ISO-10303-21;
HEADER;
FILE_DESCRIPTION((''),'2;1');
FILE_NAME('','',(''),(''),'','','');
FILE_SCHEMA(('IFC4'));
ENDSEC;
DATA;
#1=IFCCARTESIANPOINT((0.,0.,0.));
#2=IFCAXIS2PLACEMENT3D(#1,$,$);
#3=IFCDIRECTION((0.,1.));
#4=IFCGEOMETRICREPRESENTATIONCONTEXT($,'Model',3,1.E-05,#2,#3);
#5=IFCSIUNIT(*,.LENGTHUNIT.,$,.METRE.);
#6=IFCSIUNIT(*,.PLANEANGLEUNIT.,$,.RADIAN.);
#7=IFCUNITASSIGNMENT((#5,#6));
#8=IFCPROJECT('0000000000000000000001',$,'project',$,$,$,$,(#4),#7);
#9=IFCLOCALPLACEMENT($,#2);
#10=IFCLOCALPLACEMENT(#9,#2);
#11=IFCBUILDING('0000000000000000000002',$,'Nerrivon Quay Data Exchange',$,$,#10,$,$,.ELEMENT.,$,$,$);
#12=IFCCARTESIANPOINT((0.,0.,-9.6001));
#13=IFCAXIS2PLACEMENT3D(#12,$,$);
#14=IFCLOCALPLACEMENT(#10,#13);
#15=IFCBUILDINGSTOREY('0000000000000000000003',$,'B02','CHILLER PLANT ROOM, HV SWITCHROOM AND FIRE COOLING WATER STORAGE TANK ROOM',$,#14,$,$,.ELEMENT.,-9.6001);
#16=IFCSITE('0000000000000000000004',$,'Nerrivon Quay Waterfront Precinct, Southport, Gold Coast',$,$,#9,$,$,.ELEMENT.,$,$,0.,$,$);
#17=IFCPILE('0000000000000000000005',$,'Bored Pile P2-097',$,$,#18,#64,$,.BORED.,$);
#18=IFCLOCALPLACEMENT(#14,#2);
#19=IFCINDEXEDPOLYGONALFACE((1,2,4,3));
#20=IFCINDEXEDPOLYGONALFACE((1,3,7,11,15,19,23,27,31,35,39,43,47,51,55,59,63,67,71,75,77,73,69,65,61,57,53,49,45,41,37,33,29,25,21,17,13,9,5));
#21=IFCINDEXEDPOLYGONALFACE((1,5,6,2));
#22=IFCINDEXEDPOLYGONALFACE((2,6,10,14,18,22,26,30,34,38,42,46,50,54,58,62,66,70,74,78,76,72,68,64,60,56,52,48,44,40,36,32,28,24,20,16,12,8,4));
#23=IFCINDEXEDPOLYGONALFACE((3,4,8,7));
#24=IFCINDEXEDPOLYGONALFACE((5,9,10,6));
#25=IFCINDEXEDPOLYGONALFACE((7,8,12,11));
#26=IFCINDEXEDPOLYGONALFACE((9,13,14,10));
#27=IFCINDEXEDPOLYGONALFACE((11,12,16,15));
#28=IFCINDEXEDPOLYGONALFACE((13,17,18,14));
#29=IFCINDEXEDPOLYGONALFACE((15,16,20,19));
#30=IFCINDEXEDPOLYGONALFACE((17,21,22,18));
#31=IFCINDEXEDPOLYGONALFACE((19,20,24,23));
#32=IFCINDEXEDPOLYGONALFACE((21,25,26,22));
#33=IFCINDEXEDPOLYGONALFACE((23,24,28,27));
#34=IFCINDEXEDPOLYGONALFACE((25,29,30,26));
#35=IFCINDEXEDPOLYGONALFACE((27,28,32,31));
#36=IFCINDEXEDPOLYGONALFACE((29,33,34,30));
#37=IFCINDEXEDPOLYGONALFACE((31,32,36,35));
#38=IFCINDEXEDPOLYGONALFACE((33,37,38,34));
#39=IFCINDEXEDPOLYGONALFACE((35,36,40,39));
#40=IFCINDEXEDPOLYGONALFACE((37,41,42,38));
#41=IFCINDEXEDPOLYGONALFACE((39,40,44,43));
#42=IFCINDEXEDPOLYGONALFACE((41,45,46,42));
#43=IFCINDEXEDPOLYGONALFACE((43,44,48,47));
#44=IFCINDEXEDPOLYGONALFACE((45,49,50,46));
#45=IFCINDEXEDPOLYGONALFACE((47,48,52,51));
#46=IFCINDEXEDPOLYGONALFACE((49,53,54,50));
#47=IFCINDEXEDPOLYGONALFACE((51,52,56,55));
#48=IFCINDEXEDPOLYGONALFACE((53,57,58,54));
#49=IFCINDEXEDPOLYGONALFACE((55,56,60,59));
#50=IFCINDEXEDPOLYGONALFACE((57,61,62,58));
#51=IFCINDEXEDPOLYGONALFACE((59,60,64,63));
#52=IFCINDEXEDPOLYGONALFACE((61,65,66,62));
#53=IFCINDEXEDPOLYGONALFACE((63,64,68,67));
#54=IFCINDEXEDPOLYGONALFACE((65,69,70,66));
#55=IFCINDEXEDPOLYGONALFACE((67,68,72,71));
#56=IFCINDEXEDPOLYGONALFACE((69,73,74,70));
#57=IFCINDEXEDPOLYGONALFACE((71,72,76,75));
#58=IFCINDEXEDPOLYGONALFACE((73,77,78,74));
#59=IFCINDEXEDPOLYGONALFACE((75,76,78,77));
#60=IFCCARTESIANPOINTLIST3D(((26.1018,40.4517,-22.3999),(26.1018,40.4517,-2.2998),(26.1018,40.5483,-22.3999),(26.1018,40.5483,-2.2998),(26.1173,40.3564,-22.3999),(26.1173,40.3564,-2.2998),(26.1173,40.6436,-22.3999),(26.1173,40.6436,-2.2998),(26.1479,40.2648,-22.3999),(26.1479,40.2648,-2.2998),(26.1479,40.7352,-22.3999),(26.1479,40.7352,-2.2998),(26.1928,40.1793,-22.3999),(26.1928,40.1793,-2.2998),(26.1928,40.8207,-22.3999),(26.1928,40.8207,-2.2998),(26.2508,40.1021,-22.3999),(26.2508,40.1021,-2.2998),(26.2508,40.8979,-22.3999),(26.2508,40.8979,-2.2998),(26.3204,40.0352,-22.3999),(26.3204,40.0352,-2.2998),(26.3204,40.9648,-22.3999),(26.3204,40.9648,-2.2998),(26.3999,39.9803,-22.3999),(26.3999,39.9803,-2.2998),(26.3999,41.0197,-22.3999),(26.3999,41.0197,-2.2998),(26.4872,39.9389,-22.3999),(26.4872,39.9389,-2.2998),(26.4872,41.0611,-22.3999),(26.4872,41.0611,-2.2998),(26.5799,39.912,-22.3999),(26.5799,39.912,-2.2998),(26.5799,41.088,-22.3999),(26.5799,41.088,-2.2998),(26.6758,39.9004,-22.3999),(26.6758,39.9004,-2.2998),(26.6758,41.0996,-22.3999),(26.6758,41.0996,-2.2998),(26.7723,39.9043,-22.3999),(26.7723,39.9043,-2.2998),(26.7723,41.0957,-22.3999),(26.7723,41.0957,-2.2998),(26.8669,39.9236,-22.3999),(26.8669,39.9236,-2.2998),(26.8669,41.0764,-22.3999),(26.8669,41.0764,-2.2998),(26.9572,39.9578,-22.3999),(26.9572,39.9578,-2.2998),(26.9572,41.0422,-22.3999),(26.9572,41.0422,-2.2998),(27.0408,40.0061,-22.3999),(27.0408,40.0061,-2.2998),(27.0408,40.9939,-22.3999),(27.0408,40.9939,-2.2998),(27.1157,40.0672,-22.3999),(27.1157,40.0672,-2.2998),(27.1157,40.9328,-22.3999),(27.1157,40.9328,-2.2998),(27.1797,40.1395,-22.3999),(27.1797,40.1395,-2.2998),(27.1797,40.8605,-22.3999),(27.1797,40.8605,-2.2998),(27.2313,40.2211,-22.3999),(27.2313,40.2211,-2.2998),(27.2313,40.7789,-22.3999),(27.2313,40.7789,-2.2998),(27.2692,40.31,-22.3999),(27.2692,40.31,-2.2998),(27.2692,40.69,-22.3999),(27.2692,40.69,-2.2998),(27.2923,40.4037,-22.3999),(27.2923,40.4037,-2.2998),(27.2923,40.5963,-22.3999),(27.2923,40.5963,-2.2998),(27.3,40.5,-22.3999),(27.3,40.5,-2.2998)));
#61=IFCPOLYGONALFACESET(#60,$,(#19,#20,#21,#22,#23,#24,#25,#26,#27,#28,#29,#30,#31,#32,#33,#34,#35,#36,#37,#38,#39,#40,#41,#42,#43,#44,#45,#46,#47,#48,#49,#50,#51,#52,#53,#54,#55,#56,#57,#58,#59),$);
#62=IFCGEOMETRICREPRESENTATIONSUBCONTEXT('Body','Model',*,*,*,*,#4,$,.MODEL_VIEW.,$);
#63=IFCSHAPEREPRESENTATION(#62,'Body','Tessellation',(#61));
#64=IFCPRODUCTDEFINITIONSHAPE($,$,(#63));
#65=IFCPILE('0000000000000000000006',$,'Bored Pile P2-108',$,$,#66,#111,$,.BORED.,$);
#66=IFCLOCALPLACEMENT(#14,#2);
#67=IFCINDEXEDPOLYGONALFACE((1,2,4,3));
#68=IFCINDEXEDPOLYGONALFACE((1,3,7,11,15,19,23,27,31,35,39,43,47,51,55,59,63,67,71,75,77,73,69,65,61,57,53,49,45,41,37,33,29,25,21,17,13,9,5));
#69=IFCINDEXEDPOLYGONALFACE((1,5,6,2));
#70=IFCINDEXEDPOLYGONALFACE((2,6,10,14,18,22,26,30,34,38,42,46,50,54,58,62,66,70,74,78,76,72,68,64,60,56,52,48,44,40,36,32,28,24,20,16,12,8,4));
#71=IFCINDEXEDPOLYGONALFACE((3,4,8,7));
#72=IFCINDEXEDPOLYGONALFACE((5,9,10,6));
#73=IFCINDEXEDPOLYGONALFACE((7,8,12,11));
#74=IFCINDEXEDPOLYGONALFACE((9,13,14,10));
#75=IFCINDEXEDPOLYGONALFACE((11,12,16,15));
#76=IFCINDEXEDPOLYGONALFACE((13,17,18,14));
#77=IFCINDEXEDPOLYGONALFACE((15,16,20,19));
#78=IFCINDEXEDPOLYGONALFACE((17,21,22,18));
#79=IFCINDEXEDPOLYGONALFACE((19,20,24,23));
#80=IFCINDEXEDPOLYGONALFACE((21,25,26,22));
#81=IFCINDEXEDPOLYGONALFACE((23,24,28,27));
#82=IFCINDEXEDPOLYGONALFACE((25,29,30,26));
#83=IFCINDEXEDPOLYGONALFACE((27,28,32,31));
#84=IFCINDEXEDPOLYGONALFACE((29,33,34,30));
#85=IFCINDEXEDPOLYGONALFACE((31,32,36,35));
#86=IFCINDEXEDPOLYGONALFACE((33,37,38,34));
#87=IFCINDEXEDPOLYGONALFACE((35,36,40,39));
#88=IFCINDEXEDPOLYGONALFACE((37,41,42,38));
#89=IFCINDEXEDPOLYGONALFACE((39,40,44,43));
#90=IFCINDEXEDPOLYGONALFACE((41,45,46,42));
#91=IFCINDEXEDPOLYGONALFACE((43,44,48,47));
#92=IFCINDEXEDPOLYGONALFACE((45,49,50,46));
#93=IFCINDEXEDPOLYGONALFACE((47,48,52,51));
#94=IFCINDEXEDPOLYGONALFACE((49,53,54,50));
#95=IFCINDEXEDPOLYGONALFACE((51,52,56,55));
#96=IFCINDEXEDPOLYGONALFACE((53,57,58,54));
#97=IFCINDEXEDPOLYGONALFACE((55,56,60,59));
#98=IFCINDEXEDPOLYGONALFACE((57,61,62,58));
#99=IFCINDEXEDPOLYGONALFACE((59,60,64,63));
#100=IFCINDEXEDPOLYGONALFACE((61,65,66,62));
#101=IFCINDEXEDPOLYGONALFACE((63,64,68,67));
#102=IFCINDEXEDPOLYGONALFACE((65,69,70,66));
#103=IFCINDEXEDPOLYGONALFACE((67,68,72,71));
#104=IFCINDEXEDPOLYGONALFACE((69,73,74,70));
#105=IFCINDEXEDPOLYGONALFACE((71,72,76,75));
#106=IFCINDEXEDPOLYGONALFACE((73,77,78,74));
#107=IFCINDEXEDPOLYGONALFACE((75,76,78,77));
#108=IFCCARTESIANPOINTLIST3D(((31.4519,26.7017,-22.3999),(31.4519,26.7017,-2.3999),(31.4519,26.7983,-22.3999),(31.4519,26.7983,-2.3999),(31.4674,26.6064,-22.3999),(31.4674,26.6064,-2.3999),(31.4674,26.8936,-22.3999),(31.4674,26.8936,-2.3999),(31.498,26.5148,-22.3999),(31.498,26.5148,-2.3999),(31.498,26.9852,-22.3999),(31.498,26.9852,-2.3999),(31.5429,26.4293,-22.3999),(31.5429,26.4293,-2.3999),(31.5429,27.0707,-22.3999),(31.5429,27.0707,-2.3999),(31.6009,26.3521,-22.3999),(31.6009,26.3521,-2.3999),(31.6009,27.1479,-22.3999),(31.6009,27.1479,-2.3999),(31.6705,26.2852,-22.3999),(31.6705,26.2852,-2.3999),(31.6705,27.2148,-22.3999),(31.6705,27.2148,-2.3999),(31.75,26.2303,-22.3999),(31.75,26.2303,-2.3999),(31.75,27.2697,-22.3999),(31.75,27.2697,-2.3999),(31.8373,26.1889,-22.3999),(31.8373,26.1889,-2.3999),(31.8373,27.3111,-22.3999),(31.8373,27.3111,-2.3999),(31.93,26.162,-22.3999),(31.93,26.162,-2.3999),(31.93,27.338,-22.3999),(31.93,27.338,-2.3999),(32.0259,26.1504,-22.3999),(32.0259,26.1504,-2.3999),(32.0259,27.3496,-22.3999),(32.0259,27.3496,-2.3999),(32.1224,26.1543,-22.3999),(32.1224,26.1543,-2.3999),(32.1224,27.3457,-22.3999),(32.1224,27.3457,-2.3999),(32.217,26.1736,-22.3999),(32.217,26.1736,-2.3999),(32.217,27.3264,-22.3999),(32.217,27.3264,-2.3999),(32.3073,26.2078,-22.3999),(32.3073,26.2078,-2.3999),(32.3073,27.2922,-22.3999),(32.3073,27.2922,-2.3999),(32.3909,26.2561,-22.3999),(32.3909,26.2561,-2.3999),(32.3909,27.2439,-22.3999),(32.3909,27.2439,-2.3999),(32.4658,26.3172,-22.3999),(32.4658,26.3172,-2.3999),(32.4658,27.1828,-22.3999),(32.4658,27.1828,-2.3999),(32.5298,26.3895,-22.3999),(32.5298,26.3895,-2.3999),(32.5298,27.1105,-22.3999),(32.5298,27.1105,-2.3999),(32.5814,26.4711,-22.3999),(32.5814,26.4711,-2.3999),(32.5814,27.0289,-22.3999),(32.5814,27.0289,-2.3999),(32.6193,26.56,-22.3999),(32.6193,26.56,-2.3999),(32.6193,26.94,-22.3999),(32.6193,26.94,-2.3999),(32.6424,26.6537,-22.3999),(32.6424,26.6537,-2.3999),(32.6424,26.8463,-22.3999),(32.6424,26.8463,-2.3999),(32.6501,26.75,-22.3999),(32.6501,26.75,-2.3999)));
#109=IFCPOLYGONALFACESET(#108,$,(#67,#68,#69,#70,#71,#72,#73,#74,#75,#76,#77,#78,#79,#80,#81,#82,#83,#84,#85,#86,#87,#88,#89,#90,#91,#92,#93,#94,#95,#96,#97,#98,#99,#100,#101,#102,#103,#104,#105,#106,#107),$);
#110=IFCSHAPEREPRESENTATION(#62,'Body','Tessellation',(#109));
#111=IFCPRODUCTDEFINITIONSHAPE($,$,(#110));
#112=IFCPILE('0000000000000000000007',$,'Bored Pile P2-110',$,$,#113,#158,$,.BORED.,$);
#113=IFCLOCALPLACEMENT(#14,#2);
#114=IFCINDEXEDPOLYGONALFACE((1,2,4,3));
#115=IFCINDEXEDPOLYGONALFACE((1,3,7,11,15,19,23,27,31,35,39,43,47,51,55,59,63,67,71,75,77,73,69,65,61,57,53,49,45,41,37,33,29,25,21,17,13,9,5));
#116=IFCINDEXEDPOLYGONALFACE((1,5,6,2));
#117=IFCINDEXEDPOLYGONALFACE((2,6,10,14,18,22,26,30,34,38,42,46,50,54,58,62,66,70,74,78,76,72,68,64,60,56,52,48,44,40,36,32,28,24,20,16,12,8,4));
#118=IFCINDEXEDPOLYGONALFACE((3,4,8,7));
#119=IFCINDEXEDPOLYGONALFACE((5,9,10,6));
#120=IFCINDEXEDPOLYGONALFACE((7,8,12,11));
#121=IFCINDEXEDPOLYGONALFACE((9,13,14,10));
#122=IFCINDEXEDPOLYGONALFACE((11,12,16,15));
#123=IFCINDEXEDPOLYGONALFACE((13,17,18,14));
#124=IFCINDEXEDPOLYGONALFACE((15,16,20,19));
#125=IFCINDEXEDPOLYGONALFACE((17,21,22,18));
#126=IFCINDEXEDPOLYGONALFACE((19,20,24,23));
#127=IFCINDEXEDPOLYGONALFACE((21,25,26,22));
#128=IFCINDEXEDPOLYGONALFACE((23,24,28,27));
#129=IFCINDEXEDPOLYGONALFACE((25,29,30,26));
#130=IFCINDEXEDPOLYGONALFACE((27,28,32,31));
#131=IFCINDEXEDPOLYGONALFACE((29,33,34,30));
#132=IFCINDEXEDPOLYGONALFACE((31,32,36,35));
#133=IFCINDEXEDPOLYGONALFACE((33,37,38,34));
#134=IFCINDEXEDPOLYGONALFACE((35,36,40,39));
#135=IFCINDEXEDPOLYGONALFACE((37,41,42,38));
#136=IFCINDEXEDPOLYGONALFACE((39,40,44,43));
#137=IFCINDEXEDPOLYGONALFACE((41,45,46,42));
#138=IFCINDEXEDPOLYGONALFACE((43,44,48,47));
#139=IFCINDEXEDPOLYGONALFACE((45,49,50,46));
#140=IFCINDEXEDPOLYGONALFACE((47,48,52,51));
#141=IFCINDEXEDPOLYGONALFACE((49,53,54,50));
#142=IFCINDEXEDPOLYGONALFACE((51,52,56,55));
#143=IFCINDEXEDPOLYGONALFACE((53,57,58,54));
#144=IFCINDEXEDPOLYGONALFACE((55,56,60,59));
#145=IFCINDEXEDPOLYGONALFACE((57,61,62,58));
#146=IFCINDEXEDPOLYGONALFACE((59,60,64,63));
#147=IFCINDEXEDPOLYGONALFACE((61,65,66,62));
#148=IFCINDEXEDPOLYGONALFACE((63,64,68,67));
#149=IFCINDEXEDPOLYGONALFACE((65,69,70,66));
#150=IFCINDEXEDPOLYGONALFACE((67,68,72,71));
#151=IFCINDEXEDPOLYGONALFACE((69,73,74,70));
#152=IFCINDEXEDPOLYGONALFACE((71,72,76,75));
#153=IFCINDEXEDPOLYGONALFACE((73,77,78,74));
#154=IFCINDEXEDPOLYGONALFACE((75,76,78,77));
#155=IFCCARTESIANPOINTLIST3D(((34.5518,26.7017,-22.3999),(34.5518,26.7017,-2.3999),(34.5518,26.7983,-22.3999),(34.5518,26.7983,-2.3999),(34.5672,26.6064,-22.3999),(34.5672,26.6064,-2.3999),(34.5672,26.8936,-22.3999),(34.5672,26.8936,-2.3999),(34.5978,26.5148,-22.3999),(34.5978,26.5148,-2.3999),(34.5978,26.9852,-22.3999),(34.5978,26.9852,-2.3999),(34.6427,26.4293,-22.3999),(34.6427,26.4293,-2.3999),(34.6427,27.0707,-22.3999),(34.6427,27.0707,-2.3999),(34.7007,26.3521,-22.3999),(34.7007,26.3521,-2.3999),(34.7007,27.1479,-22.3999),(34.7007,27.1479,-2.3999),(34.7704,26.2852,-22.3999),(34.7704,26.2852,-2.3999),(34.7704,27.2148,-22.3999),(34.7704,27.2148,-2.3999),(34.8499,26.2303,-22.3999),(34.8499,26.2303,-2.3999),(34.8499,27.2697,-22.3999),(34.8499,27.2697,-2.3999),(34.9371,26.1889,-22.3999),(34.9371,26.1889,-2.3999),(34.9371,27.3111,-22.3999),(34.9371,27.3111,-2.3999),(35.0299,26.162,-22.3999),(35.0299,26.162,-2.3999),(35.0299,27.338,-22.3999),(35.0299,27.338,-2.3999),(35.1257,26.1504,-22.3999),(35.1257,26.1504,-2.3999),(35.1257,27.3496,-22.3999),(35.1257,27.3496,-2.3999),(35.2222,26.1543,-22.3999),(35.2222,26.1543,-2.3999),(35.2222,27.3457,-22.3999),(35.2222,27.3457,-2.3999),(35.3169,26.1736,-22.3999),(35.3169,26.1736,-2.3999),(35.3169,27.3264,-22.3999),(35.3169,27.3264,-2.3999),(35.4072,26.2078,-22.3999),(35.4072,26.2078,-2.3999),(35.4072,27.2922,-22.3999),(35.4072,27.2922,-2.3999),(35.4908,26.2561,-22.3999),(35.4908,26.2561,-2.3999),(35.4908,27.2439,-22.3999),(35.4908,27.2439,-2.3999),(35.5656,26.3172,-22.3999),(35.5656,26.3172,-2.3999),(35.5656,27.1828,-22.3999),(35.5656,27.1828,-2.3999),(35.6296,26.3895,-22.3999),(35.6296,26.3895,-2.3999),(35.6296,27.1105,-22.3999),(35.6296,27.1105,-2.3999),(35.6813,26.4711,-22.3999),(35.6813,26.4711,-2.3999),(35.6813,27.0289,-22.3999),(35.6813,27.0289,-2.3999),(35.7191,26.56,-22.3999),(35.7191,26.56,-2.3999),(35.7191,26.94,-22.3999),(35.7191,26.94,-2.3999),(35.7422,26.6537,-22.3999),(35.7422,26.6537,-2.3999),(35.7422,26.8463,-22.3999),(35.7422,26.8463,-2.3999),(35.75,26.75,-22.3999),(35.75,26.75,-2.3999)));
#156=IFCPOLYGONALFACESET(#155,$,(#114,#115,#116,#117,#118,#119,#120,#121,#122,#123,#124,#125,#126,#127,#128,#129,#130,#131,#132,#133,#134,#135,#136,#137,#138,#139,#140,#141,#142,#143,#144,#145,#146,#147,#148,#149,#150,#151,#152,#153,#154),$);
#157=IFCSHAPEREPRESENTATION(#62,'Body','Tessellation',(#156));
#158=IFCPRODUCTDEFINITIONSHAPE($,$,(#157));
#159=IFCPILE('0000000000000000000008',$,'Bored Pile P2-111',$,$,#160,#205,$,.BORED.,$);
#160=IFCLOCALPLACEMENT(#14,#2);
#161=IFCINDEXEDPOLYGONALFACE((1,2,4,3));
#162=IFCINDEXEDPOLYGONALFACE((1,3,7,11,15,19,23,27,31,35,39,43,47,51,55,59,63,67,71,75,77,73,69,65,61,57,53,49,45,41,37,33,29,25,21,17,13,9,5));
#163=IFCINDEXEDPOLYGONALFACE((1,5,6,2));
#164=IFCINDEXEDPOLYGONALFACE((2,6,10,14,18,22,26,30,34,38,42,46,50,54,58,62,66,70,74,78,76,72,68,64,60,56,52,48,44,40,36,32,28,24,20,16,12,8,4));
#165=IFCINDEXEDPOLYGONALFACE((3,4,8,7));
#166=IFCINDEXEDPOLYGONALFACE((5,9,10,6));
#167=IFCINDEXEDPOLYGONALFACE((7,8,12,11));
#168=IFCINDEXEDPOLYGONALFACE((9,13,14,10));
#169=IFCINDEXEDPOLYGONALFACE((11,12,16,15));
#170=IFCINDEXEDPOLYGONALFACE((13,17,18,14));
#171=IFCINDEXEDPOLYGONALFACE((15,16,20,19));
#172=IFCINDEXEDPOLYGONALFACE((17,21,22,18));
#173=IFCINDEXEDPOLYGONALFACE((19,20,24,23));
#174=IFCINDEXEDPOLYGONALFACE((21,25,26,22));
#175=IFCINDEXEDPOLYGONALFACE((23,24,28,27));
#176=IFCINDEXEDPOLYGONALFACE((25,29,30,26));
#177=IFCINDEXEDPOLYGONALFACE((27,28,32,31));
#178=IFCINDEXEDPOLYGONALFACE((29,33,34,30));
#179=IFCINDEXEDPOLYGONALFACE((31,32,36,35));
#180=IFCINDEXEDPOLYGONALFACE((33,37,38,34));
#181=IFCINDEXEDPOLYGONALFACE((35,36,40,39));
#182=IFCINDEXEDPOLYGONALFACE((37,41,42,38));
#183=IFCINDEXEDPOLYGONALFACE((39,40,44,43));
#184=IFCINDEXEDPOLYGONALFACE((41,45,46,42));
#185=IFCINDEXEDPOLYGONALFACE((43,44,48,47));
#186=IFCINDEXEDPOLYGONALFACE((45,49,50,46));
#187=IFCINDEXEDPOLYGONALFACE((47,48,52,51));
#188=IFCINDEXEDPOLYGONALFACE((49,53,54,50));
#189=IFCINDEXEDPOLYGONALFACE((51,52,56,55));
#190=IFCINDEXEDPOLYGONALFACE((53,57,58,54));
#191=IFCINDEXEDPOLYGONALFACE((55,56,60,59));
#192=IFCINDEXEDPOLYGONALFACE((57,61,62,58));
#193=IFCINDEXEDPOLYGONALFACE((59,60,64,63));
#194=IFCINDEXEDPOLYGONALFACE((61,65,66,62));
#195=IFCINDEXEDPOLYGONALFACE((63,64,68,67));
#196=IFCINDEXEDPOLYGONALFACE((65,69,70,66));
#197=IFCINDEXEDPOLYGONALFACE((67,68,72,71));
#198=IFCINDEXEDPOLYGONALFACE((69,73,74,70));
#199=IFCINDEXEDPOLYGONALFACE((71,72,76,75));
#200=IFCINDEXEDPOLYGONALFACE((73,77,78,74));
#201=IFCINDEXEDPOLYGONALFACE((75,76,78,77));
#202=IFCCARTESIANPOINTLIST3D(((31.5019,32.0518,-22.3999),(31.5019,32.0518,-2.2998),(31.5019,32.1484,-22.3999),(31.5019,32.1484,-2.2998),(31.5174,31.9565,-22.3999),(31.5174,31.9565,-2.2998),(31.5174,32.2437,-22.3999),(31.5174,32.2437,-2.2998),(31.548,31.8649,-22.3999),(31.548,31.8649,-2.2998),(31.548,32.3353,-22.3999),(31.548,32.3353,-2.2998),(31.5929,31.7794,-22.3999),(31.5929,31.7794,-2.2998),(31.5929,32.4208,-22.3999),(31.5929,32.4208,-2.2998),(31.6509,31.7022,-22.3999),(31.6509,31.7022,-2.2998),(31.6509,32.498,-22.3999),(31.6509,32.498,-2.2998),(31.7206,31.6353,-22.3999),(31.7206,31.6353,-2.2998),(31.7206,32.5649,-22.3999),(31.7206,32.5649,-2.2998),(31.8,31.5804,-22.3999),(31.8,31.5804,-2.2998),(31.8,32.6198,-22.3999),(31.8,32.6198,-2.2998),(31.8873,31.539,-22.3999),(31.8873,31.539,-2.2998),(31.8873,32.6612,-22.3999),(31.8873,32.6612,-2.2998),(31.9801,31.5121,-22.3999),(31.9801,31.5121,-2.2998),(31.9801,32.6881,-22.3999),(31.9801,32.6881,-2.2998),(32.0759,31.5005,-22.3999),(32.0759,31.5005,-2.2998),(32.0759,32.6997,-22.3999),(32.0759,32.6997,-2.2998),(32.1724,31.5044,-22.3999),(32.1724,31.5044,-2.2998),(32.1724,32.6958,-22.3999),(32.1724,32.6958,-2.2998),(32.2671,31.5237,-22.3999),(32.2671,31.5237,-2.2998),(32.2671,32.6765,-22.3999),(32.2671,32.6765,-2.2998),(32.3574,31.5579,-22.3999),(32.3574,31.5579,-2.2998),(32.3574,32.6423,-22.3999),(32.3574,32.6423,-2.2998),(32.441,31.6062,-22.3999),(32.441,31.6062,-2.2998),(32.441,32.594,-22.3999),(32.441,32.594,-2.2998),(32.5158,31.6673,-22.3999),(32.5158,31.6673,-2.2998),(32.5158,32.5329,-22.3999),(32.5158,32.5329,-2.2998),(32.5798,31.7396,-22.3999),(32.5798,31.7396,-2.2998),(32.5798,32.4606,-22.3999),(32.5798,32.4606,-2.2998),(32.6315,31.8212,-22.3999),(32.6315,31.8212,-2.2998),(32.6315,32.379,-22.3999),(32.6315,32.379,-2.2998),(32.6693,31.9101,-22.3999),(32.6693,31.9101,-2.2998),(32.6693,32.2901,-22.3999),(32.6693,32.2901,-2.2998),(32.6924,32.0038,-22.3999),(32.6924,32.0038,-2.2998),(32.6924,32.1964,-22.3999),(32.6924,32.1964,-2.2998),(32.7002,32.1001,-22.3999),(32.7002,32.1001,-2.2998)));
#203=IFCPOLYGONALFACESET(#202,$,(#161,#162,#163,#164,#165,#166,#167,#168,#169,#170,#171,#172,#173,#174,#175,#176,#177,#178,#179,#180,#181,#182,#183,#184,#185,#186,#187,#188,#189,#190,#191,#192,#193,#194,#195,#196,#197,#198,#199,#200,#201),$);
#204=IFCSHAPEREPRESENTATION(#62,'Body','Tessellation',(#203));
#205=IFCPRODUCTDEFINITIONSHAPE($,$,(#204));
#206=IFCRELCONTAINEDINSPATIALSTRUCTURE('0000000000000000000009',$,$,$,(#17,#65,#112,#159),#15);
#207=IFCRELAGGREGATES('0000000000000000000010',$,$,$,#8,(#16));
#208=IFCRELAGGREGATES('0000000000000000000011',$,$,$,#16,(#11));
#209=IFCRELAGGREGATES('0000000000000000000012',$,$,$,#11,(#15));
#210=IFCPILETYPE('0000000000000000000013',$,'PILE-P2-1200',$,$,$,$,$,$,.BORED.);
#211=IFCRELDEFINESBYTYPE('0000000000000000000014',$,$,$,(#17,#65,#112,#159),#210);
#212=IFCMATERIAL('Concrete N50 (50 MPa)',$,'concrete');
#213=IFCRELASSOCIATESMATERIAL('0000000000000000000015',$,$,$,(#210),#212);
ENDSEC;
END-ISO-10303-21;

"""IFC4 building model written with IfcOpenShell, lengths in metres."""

from ifc_helpers import new_model, si_unit, direction, frame, origin, origin_2d, place, context, subcontext, project, spatial, circle, extrude, material, material_profile, profile_set, type_object, element, save


model = new_model("IFC4")

# Units and contexts
model_context = context("Model", 3, precision=1e-05, world=origin(), true_north=direction((0.0, 1.0)))
body_context = subcontext(model_context, "Body", "Model", "MODEL_VIEW")
ifc_project = project(units=[si_unit("LENGTHUNIT", "METRE"), si_unit("PLANEANGLEUNIT", "RADIAN")], contexts=[model_context])

# Site, building, storey
site_placement = place(None, origin())
site = spatial("IfcSite", under=ifc_project, at=site_placement, Name="Nerrivon Quay Waterfront Precinct, Southport, Gold Coast", CompositionType="ELEMENT", RefElevation=0.0)
building_placement = place(site_placement, origin())
building = spatial("IfcBuilding", under=site, at=building_placement, Name="Nerrivon Quay Data Exchange", CompositionType="ELEMENT")
storey_placement = place(building_placement, frame((0.0, 0.0, -9.6001)))
storey = spatial("IfcBuildingStorey", under=building, at=storey_placement, Name="B02", Description="CHILLER PLANT ROOM, HV SWITCHROOM AND FIRE COOLING WATER STORAGE TANK ROOM", CompositionType="ELEMENT", Elevation=-9.6001)

# Piles
ifc_material_1 = material(Name="Concrete N50 (50 MPa)", Category="concrete")
ifc_material_profile_1 = material_profile(ifc_material_1, circle(Radius=0.6001, at=origin_2d()), Name="PILE-1200")
ifc_profile_set_1 = profile_set([ifc_material_profile_1], Name="Concrete N50 (50 MPa)")
pile_type = type_object("IfcPileType", Name="PILE-P2-1200", PredefinedType="BORED", material=ifc_profile_set_1)
for number, where, z_axis, x_axis, name in (
    (1, (26.7, 40.5, -2.2998), (0.0, 0.0, -1.0), (1.0, 0.0, 0.0), "Bored Pile P2-097"),
):
    element("IfcPile", number, at=place(storey_placement, frame(where, z_axis=z_axis, x_axis=x_axis)), inside=storey, type_object=pile_type, Name=name, PredefinedType="BORED", context=body_context, shape_type="SweptSolid", body=[
        extrude(circle(Radius=0.6001, at=origin_2d()), origin(), (0.0, 0.0, 1.0), 20.1001),
    ])
for number, where, z_axis, x_axis, name in (
    (2, (32.05, 26.75, -2.3999), (0.0, 0.0, -1.0), (1.0, 0.0, 0.0), "Bored Pile P2-108"),
    (3, (35.1499, 26.75, -2.3999), (0.0, 0.0, -1.0), (1.0, 0.0, 0.0), "Bored Pile P2-110"),
):
    element("IfcPile", number, at=place(storey_placement, frame(where, z_axis=z_axis, x_axis=x_axis)), inside=storey, type_object=pile_type, Name=name, PredefinedType="BORED", context=body_context, shape_type="SweptSolid", body=[
        extrude(circle(Radius=0.6001, at=origin_2d()), origin(), (0.0, 0.0, 1.0), 20.0),
    ])
for number, where, z_axis, x_axis, name in (
    (4, (32.1001, 32.1001, -2.2998), (0.0, 0.0, -1.0), (1.0, 0.0, 0.0), "Bored Pile P2-111"),
):
    element("IfcPile", number, at=place(storey_placement, frame(where, z_axis=z_axis, x_axis=x_axis)), inside=storey, type_object=pile_type, Name=name, PredefinedType="BORED", context=body_context, shape_type="SweptSolid", body=[
        extrude(circle(Radius=0.6001, at=origin_2d()), origin(), (0.0, 0.0, 1.0), 20.1001),
    ])

save(model, "model.ifc")
